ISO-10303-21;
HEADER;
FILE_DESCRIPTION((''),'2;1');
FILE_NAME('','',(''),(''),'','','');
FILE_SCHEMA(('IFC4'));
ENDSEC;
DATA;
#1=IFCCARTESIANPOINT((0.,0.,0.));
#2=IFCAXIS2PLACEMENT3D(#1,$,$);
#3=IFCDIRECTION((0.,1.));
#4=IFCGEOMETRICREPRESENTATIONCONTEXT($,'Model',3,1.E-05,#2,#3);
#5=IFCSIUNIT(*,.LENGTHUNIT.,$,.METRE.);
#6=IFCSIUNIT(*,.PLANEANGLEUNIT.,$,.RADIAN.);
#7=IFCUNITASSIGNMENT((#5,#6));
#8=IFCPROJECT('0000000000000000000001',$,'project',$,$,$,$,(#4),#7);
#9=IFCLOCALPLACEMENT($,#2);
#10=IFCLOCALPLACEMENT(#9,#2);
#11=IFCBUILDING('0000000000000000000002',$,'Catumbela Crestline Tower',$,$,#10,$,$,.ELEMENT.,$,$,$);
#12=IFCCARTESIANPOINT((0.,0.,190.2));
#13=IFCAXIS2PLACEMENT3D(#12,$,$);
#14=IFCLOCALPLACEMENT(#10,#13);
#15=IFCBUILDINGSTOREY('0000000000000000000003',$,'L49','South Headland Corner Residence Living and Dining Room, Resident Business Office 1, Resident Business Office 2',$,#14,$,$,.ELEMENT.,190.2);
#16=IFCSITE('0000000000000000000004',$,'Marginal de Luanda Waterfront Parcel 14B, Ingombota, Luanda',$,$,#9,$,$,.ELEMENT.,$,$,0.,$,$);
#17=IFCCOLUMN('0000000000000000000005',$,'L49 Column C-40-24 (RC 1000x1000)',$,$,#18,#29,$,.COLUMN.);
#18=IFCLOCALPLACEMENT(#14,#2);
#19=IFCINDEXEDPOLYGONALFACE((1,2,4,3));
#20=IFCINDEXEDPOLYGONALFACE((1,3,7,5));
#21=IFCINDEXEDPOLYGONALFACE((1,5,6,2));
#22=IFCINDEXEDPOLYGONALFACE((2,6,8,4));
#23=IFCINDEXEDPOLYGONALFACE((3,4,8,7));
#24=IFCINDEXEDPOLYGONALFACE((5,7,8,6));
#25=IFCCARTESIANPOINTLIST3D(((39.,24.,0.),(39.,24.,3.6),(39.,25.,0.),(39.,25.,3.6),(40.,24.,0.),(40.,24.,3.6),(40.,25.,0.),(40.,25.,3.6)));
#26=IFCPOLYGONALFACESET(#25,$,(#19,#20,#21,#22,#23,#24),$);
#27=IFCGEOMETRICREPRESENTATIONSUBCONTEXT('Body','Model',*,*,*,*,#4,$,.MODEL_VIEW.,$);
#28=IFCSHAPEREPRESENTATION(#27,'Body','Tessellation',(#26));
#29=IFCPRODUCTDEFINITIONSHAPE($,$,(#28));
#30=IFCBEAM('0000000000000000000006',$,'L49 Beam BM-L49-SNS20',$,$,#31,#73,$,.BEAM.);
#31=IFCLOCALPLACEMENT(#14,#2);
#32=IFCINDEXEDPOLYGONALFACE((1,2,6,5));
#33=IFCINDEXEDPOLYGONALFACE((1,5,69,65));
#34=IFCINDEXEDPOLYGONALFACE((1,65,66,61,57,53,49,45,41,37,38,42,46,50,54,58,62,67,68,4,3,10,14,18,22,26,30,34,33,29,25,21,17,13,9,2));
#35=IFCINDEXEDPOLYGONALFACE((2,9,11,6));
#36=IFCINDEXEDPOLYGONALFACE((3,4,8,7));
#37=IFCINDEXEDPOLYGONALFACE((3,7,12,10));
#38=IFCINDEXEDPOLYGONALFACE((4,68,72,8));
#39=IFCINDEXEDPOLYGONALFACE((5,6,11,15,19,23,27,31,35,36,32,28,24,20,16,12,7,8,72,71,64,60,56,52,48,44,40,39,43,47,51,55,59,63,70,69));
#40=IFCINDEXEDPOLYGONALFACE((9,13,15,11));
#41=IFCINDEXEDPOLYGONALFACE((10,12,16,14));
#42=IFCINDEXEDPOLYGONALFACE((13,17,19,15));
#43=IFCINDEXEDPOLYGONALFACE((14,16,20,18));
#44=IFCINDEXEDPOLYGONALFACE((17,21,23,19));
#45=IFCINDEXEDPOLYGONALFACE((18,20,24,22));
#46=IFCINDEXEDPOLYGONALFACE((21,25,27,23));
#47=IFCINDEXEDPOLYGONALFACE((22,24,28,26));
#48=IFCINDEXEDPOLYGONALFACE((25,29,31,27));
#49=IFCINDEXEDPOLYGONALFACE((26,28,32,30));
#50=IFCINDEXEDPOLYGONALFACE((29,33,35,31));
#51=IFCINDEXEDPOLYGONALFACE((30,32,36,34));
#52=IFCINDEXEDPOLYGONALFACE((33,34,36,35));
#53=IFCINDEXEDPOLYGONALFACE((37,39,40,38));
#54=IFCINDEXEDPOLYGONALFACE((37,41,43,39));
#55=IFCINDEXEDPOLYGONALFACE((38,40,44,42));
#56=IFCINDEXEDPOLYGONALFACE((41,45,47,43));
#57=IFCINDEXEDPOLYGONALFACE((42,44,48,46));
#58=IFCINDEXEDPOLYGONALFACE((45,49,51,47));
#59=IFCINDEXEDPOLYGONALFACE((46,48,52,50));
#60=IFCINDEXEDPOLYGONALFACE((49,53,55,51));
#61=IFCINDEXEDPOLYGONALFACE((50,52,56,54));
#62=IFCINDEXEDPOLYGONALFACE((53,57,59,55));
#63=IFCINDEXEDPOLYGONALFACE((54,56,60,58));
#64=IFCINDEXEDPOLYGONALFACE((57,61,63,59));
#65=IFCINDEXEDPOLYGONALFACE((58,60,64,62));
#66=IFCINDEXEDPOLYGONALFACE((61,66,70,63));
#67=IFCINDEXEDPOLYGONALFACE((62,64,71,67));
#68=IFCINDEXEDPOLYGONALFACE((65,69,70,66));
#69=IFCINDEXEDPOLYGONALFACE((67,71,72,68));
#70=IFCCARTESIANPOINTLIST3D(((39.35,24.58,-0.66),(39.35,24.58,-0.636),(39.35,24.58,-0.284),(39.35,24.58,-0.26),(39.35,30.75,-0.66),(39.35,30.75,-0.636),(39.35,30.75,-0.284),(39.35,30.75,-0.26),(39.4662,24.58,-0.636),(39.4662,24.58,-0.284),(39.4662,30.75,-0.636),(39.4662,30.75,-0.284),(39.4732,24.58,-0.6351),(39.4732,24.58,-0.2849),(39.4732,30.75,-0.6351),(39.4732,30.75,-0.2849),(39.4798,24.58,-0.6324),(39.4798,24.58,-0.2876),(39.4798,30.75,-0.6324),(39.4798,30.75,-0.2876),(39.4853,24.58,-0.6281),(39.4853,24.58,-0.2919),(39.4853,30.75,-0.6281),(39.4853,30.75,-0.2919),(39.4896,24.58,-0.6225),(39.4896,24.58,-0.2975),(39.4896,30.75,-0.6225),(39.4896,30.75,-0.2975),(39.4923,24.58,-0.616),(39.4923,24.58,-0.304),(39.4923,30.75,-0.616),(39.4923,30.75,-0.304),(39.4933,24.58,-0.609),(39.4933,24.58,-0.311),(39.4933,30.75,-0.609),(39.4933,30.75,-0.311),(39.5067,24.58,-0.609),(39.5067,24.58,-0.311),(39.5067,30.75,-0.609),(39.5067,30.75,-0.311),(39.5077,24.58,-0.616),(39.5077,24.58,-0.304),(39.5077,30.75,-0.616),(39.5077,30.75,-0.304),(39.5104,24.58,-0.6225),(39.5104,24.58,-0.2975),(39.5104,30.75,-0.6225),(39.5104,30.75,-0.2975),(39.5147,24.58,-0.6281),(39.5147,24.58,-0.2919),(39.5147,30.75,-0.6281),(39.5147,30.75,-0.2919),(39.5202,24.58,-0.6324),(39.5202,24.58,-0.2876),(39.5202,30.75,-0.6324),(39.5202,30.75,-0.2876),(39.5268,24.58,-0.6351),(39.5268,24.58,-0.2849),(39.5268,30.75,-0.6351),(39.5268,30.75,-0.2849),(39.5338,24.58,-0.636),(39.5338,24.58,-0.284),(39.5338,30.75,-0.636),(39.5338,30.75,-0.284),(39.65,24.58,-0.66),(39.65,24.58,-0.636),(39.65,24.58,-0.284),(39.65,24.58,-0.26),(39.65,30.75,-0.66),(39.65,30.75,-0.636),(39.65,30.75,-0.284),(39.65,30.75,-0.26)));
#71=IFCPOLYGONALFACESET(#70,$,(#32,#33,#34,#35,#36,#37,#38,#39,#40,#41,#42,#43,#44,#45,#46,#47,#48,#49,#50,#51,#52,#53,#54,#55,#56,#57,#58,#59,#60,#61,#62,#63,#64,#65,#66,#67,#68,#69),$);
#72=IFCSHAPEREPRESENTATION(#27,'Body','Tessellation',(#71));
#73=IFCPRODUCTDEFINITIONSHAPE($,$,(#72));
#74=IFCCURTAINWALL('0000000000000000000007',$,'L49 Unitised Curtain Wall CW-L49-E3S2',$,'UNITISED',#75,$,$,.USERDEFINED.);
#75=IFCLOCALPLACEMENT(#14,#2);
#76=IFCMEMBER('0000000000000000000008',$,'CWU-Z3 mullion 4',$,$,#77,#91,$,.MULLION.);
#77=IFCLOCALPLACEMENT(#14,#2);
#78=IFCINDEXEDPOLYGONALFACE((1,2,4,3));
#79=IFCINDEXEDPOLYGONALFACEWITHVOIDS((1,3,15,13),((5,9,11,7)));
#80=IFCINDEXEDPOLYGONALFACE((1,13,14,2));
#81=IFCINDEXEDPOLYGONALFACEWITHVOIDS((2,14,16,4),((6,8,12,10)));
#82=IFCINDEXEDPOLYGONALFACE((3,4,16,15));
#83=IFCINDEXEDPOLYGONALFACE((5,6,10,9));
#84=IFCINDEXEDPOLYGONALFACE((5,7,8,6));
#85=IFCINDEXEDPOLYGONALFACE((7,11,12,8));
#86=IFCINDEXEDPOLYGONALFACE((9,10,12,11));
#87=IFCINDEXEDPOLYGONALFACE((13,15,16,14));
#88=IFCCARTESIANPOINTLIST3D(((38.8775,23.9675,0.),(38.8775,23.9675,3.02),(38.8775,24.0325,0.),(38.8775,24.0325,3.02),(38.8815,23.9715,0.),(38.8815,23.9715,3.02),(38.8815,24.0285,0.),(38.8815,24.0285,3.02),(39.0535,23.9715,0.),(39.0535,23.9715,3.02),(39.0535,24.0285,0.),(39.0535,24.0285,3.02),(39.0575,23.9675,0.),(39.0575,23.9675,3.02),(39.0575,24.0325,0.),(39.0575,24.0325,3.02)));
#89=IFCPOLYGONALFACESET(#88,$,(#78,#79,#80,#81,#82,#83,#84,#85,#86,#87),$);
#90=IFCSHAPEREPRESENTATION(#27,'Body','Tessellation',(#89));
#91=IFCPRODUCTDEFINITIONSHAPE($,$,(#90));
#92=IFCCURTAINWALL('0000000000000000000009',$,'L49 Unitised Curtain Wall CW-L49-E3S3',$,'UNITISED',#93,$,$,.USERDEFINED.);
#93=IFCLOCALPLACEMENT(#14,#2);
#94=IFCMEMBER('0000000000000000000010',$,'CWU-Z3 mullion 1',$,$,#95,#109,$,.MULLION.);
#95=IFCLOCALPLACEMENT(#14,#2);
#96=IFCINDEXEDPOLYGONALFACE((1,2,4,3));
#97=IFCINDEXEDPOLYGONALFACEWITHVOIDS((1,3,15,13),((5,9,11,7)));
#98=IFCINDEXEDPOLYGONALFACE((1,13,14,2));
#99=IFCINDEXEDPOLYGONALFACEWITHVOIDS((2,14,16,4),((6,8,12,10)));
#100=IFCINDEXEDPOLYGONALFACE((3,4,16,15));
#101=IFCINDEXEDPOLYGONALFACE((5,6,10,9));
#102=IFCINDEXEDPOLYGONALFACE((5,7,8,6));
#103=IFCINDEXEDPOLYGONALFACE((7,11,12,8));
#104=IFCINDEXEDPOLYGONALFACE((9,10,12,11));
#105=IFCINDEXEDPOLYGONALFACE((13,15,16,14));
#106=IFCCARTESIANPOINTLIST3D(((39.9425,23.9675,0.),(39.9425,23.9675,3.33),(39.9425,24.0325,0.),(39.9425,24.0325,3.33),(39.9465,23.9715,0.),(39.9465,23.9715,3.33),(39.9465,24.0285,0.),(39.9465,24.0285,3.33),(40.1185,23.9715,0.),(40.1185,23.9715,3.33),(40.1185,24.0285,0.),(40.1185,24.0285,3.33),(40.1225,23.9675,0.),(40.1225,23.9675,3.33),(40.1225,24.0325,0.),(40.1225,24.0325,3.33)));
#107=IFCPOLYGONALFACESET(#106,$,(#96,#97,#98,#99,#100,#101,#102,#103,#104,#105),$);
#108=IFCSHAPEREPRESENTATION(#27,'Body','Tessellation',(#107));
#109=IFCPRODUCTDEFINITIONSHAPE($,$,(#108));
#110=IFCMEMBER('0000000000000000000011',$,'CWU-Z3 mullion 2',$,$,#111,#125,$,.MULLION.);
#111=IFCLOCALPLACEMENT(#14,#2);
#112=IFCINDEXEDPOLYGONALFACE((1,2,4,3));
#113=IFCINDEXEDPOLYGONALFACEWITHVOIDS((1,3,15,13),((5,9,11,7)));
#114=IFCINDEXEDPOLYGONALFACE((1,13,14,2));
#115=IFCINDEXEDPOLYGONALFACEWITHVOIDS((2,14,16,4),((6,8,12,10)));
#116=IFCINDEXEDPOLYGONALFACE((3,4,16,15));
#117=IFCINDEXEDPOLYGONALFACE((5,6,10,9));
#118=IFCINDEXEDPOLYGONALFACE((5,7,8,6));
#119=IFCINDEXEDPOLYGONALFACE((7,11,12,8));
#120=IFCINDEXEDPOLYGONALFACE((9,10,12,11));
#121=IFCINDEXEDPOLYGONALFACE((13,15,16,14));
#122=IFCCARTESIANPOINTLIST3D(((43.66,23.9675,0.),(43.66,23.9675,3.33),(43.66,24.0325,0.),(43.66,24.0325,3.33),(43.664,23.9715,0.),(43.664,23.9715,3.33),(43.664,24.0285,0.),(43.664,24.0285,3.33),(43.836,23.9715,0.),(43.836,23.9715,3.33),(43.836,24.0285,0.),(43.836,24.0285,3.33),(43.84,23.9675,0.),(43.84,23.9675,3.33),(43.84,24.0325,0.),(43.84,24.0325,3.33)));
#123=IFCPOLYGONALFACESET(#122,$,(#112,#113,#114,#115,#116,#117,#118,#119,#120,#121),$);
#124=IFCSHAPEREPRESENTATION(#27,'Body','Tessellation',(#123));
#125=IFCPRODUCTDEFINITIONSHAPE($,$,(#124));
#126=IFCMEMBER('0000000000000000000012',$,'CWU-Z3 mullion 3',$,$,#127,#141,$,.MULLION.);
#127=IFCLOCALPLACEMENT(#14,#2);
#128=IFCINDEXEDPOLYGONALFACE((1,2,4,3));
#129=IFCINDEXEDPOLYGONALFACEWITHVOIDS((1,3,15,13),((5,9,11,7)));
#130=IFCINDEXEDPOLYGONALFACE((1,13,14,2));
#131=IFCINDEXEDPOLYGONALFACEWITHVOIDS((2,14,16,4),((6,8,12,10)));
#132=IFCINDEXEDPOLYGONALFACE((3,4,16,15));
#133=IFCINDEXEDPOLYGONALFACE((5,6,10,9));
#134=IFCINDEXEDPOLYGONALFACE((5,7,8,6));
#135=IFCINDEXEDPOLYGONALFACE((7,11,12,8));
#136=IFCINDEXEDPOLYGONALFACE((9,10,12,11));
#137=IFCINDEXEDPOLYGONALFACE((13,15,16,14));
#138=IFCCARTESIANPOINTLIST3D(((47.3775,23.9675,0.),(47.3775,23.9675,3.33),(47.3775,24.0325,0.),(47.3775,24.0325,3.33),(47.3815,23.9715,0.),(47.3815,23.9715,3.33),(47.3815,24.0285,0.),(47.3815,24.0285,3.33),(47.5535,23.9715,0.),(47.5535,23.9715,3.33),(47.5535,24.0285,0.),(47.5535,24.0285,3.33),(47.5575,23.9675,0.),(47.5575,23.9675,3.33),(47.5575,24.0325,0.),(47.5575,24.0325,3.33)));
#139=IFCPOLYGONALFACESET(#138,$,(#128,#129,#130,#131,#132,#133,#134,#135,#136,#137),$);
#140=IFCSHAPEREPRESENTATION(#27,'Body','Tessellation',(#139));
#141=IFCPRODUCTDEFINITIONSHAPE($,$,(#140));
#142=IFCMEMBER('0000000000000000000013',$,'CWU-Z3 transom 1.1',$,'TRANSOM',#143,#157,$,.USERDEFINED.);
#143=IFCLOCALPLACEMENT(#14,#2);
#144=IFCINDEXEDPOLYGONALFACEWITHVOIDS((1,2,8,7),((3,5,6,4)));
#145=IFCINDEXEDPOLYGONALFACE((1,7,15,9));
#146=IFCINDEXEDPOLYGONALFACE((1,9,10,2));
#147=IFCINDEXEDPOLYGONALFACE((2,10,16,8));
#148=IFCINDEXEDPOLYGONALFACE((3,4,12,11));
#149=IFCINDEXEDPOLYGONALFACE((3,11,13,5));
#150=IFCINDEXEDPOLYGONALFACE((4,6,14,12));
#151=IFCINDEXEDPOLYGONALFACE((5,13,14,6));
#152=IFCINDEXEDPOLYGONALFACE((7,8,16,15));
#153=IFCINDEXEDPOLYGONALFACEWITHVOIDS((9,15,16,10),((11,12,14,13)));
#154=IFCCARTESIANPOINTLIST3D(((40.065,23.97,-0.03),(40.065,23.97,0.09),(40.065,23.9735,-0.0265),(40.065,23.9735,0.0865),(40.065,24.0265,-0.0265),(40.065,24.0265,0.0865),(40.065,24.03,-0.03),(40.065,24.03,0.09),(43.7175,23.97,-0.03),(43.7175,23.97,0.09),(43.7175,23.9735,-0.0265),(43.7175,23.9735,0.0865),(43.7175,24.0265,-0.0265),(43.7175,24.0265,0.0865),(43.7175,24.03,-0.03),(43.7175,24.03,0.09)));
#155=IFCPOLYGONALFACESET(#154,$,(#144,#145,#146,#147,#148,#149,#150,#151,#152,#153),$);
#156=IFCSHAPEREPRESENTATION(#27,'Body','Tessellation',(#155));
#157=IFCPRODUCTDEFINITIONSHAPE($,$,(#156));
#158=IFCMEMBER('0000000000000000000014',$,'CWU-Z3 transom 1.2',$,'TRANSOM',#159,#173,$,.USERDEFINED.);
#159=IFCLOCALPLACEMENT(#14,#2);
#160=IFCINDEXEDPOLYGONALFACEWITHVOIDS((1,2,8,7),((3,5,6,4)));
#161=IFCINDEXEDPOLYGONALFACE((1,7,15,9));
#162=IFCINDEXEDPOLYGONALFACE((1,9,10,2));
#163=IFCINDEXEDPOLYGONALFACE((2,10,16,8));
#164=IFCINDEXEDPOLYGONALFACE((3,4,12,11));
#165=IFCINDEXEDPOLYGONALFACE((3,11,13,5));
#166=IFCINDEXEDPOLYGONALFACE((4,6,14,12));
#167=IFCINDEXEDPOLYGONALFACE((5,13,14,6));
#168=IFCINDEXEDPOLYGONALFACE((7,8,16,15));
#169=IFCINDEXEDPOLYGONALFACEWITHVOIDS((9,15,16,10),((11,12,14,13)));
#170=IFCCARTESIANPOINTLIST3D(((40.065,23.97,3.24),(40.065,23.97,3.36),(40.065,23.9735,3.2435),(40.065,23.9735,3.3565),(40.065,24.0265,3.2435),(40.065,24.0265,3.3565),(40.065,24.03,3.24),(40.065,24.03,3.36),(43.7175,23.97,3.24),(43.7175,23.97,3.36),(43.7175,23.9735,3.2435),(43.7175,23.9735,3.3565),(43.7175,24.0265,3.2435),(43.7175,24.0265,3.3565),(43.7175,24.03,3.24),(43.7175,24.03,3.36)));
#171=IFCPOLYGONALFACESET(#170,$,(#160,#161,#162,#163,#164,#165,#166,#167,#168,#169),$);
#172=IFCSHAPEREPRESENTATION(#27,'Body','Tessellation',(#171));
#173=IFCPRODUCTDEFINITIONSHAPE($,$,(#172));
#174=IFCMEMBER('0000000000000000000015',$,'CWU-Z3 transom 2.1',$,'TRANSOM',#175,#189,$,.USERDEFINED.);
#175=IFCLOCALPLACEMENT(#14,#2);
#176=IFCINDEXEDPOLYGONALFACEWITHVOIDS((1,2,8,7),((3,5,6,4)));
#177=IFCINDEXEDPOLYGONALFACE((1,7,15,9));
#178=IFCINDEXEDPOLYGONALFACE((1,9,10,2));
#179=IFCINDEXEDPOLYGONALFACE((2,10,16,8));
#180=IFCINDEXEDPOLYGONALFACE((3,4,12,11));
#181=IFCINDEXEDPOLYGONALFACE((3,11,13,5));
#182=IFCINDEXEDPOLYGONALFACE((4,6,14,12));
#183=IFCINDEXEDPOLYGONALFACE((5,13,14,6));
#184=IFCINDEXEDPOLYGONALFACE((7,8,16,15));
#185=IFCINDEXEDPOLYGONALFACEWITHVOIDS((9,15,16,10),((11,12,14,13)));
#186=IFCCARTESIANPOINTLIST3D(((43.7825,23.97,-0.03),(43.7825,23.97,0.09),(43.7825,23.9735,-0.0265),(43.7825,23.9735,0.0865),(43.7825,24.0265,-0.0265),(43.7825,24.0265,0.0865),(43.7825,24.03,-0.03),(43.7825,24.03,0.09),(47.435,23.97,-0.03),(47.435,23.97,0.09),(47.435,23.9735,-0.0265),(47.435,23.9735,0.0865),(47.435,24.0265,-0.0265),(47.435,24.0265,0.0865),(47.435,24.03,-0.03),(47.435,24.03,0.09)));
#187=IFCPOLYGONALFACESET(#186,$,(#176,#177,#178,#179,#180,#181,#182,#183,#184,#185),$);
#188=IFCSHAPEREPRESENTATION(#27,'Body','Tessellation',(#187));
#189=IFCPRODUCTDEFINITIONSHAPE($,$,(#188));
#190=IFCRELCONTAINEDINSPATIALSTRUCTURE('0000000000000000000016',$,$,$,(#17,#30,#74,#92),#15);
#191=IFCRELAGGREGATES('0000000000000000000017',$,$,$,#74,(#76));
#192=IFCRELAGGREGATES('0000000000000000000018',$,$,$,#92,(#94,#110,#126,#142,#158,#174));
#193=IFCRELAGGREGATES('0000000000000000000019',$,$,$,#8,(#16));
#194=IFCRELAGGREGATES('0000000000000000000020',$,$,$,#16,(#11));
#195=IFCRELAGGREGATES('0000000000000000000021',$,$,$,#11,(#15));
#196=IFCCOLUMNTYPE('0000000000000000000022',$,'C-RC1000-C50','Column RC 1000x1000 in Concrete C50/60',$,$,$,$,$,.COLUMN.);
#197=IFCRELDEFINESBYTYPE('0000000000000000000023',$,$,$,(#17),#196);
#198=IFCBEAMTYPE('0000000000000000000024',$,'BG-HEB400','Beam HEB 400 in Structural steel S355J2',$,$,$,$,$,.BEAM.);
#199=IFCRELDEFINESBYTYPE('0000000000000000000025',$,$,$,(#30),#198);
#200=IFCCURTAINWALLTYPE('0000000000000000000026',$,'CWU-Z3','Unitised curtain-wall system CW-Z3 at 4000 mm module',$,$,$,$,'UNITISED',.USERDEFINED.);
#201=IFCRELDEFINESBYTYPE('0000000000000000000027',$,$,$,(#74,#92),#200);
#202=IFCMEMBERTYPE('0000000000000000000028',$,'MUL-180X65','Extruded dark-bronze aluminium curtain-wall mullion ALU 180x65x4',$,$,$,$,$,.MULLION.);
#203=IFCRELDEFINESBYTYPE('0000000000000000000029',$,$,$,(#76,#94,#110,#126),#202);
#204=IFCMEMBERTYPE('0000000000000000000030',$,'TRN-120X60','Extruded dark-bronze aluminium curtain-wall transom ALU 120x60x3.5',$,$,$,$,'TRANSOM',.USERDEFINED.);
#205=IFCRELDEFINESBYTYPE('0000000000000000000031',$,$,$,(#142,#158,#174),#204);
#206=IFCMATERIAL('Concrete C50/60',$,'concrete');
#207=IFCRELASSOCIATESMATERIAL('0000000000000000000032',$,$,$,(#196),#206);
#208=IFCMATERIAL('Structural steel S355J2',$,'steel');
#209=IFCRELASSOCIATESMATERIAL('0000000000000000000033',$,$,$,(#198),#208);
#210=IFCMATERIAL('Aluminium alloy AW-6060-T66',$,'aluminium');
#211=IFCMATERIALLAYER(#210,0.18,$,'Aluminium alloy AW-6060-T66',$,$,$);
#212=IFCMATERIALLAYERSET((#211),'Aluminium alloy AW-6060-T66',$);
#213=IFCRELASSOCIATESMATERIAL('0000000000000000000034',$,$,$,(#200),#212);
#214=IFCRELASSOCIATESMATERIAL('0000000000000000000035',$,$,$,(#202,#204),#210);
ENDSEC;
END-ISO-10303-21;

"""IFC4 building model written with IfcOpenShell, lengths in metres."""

from ifc_helpers import new_model, si_unit, direction, frame, origin, origin_2d, place, context, subcontext, project, spatial, rectangle, hollow_rectangle, i_section, extrude, material, layer, layer_set, material_profile, profile_set, type_object, element, aggregate, save


model = new_model("IFC4")

# Units and contexts
model_context = context("Model", 3, precision=1e-05, world=origin(), true_north=direction((0.0, 1.0)))
body_context = subcontext(model_context, "Body", "Model", "MODEL_VIEW")
ifc_project = project(units=[si_unit("LENGTHUNIT", "METRE"), si_unit("PLANEANGLEUNIT", "RADIAN")], contexts=[model_context])

# Site, building, storey
site_placement = place(None, origin())
site = spatial("IfcSite", under=ifc_project, at=site_placement, Name="Marginal de Luanda Waterfront Parcel 14B, Ingombota, Luanda", CompositionType="ELEMENT", RefElevation=0.0)
building_placement = place(site_placement, origin())
building = spatial("IfcBuilding", under=site, at=building_placement, Name="Catumbela Crestline Tower", CompositionType="ELEMENT")
storey_placement = place(building_placement, frame((0.0, 0.0, 190.2)))
storey = spatial("IfcBuildingStorey", under=building, at=storey_placement, Name="L49", Description="South Headland Corner Residence Living and Dining Room, Resident Business Office 1, Resident Business Office 2", CompositionType="ELEMENT", Elevation=190.2)

# Column
ifc_material_1 = material(Name="Concrete C50/60", Category="concrete")
ifc_material_profile_1 = material_profile(ifc_material_1, rectangle(XDim=1.0, YDim=1.0, at=origin_2d()), Name="RC 1000x1000")
ifc_profile_set_1 = profile_set([ifc_material_profile_1], Name="Concrete C50/60")
column_type = type_object("IfcColumnType", Name="C-RC1000-C50", Description="Column RC 1000x1000 in Concrete C50/60", PredefinedType="COLUMN", material=ifc_profile_set_1)
column_placement = place(storey_placement, frame((39.5, 24.5, 0.0), z_axis=(0.0, 0.0, 1.0), x_axis=(1.0, 0.0, 0.0)))
element("IfcColumn", 1, at=column_placement, inside=storey, type_object=column_type, Name="L49 Column C-40-24 (RC 1000x1000)", PredefinedType="COLUMN", context=body_context, shape_type="SweptSolid", body=[
    extrude(rectangle(XDim=1.0, YDim=1.0, at=origin_2d()), origin(), (0.0, 0.0, 1.0), 3.6),
])

# Beam
ifc_material_2 = material(Name="Structural steel S355J2", Category="steel")
ifc_material_profile_2 = material_profile(ifc_material_2, i_section(OverallWidth=0.3, OverallDepth=0.4, WebThickness=0.0135, FlangeThickness=0.024, FilletRadius=0.027, at=origin_2d()), Name="HEB 400")
ifc_profile_set_2 = profile_set([ifc_material_profile_2], Name="Structural steel S355J2")
beam_type = type_object("IfcBeamType", Name="BG-HEB400", Description="Beam HEB 400 in Structural steel S355J2", PredefinedType="BEAM", material=ifc_profile_set_2)
beam_placement = place(storey_placement, frame((39.5, 24.58, -0.46), z_axis=(0.0, 1.0, 0.0), x_axis=(-1.0, 0.0, 0.0)))
element("IfcBeam", 2, at=beam_placement, inside=storey, type_object=beam_type, Name="L49 Beam BM-L49-SNS20", PredefinedType="BEAM", context=body_context, shape_type="SweptSolid", body=[
    extrude(i_section(OverallWidth=0.3, OverallDepth=0.4, WebThickness=0.0135, FlangeThickness=0.024, FilletRadius=0.027, at=origin_2d()), origin(), (0.0, 0.0, 1.0), 6.17),
])

# Curtain wall, member
ifc_material_3 = material(Name="Aluminium alloy AW-6060-T66", Category="aluminium")
ifc_layer_1 = layer(ifc_material_3, 0.18, Name="Aluminium alloy AW-6060-T66")
ifc_layer_set_1 = layer_set([ifc_layer_1], Name="Aluminium alloy AW-6060-T66")
curtain_wall_type = type_object("IfcCurtainWallType", Name="CWU-Z3", Description="Unitised curtain-wall system CW-Z3 at 4000 mm module", ElementType="UNITISED", PredefinedType="USERDEFINED", material=ifc_layer_set_1)
curtain_wall_1_placement = place(storey_placement, origin())
curtain_wall_1 = element("IfcCurtainWall", 3, at=curtain_wall_1_placement, inside=storey, type_object=curtain_wall_type, Name="L49 Unitised Curtain Wall CW-L49-E3S2", ObjectType="UNITISED", PredefinedType="USERDEFINED")
ifc_material_profile_3 = material_profile(ifc_material_3, hollow_rectangle(XDim=0.065, YDim=0.18, WallThickness=0.004, at=origin_2d()), Name="ALU 180x65x4")
ifc_profile_set_3 = profile_set([ifc_material_profile_3], Name="Aluminium alloy AW-6060-T66")
member_type_1 = type_object("IfcMemberType", Name="MUL-180X65", Description="Extruded dark-bronze aluminium curtain-wall mullion ALU 180x65x4", PredefinedType="MULLION", material=ifc_profile_set_3)
member_1_placement = place(storey_placement, frame((38.9675, 24.0, 0.0), z_axis=(0.0, 0.0, 1.0), x_axis=(0.0, 1.0, 0.0)))
member_1 = element("IfcMember", 4, at=member_1_placement, type_object=member_type_1, Name="CWU-Z3 mullion 4", PredefinedType="MULLION", context=body_context, shape_type="SweptSolid", body=[
    extrude(hollow_rectangle(XDim=0.065, YDim=0.18, WallThickness=0.004, at=origin_2d()), origin(), (0.0, 0.0, 1.0), 3.02),
])

# Curtain wall, members
curtain_wall_2_placement = place(storey_placement, origin())
curtain_wall_2 = element("IfcCurtainWall", 5, at=curtain_wall_2_placement, inside=storey, type_object=curtain_wall_type, Name="L49 Unitised Curtain Wall CW-L49-E3S3", ObjectType="UNITISED", PredefinedType="USERDEFINED")
member_2_placement = place(storey_placement, frame((40.0325, 24.0, 0.0), z_axis=(0.0, 0.0, 1.0), x_axis=(0.0, 1.0, 0.0)))
member_2 = element("IfcMember", 6, at=member_2_placement, type_object=member_type_1, Name="CWU-Z3 mullion 1", PredefinedType="MULLION", context=body_context, shape_type="SweptSolid", body=[
    extrude(hollow_rectangle(XDim=0.065, YDim=0.18, WallThickness=0.004, at=origin_2d()), origin(), (0.0, 0.0, 1.0), 3.33),
])
member_3_placement = place(storey_placement, frame((43.75, 24.0, 0.0), z_axis=(0.0, 0.0, 1.0), x_axis=(0.0, 1.0, 0.0)))
member_3 = element("IfcMember", 7, at=member_3_placement, type_object=member_type_1, Name="CWU-Z3 mullion 2", PredefinedType="MULLION", context=body_context, shape_type="SweptSolid", body=[
    extrude(hollow_rectangle(XDim=0.065, YDim=0.18, WallThickness=0.004, at=origin_2d()), origin(), (0.0, 0.0, 1.0), 3.33),
])
member_4_placement = place(storey_placement, frame((47.4675, 24.0, 0.0), z_axis=(0.0, 0.0, 1.0), x_axis=(0.0, 1.0, 0.0)))
member_4 = element("IfcMember", 8, at=member_4_placement, type_object=member_type_1, Name="CWU-Z3 mullion 3", PredefinedType="MULLION", context=body_context, shape_type="SweptSolid", body=[
    extrude(hollow_rectangle(XDim=0.065, YDim=0.18, WallThickness=0.004, at=origin_2d()), origin(), (0.0, 0.0, 1.0), 3.33),
])
ifc_material_profile_4 = material_profile(ifc_material_3, hollow_rectangle(XDim=0.06, YDim=0.12, WallThickness=0.0035, at=origin_2d()), Name="ALU 120x60x3.5")
ifc_profile_set_4 = profile_set([ifc_material_profile_4], Name="Aluminium alloy AW-6060-T66")
member_type_2 = type_object("IfcMemberType", Name="TRN-120X60", Description="Extruded dark-bronze aluminium curtain-wall transom ALU 120x60x3.5", ElementType="TRANSOM", PredefinedType="USERDEFINED", material=ifc_profile_set_4)
member_5_placement = place(storey_placement, frame((40.065, 24.0, 0.03), z_axis=(1.0, 0.0, 0.0), x_axis=(0.0, 1.0, 0.0)))
member_5 = element("IfcMember", 9, at=member_5_placement, type_object=member_type_2, Name="CWU-Z3 transom 1.1", ObjectType="TRANSOM", PredefinedType="USERDEFINED", context=body_context, shape_type="SweptSolid", body=[
    extrude(hollow_rectangle(XDim=0.06, YDim=0.12, WallThickness=0.0035, at=origin_2d()), origin(), (0.0, 0.0, 1.0), 3.6525),
])
member_6_placement = place(storey_placement, frame((40.065, 24.0, 3.3), z_axis=(1.0, 0.0, 0.0), x_axis=(0.0, 1.0, 0.0)))
member_6 = element("IfcMember", 10, at=member_6_placement, type_object=member_type_2, Name="CWU-Z3 transom 1.2", ObjectType="TRANSOM", PredefinedType="USERDEFINED", context=body_context, shape_type="SweptSolid", body=[
    extrude(hollow_rectangle(XDim=0.06, YDim=0.12, WallThickness=0.0035, at=origin_2d()), origin(), (0.0, 0.0, 1.0), 3.6525),
])
member_7_placement = place(storey_placement, frame((43.7825, 24.0, 0.03), z_axis=(1.0, 0.0, 0.0), x_axis=(0.0, 1.0, 0.0)))
member_7 = element("IfcMember", 11, at=member_7_placement, type_object=member_type_2, Name="CWU-Z3 transom 2.1", ObjectType="TRANSOM", PredefinedType="USERDEFINED", context=body_context, shape_type="SweptSolid", body=[
    extrude(hollow_rectangle(XDim=0.06, YDim=0.12, WallThickness=0.0035, at=origin_2d()), origin(), (0.0, 0.0, 1.0), 3.6525),
])

aggregate(curtain_wall_1, [member_1])
aggregate(curtain_wall_2, [member_2, member_3, member_4, member_5, member_6, member_7])

save(model, "model.ifc")
